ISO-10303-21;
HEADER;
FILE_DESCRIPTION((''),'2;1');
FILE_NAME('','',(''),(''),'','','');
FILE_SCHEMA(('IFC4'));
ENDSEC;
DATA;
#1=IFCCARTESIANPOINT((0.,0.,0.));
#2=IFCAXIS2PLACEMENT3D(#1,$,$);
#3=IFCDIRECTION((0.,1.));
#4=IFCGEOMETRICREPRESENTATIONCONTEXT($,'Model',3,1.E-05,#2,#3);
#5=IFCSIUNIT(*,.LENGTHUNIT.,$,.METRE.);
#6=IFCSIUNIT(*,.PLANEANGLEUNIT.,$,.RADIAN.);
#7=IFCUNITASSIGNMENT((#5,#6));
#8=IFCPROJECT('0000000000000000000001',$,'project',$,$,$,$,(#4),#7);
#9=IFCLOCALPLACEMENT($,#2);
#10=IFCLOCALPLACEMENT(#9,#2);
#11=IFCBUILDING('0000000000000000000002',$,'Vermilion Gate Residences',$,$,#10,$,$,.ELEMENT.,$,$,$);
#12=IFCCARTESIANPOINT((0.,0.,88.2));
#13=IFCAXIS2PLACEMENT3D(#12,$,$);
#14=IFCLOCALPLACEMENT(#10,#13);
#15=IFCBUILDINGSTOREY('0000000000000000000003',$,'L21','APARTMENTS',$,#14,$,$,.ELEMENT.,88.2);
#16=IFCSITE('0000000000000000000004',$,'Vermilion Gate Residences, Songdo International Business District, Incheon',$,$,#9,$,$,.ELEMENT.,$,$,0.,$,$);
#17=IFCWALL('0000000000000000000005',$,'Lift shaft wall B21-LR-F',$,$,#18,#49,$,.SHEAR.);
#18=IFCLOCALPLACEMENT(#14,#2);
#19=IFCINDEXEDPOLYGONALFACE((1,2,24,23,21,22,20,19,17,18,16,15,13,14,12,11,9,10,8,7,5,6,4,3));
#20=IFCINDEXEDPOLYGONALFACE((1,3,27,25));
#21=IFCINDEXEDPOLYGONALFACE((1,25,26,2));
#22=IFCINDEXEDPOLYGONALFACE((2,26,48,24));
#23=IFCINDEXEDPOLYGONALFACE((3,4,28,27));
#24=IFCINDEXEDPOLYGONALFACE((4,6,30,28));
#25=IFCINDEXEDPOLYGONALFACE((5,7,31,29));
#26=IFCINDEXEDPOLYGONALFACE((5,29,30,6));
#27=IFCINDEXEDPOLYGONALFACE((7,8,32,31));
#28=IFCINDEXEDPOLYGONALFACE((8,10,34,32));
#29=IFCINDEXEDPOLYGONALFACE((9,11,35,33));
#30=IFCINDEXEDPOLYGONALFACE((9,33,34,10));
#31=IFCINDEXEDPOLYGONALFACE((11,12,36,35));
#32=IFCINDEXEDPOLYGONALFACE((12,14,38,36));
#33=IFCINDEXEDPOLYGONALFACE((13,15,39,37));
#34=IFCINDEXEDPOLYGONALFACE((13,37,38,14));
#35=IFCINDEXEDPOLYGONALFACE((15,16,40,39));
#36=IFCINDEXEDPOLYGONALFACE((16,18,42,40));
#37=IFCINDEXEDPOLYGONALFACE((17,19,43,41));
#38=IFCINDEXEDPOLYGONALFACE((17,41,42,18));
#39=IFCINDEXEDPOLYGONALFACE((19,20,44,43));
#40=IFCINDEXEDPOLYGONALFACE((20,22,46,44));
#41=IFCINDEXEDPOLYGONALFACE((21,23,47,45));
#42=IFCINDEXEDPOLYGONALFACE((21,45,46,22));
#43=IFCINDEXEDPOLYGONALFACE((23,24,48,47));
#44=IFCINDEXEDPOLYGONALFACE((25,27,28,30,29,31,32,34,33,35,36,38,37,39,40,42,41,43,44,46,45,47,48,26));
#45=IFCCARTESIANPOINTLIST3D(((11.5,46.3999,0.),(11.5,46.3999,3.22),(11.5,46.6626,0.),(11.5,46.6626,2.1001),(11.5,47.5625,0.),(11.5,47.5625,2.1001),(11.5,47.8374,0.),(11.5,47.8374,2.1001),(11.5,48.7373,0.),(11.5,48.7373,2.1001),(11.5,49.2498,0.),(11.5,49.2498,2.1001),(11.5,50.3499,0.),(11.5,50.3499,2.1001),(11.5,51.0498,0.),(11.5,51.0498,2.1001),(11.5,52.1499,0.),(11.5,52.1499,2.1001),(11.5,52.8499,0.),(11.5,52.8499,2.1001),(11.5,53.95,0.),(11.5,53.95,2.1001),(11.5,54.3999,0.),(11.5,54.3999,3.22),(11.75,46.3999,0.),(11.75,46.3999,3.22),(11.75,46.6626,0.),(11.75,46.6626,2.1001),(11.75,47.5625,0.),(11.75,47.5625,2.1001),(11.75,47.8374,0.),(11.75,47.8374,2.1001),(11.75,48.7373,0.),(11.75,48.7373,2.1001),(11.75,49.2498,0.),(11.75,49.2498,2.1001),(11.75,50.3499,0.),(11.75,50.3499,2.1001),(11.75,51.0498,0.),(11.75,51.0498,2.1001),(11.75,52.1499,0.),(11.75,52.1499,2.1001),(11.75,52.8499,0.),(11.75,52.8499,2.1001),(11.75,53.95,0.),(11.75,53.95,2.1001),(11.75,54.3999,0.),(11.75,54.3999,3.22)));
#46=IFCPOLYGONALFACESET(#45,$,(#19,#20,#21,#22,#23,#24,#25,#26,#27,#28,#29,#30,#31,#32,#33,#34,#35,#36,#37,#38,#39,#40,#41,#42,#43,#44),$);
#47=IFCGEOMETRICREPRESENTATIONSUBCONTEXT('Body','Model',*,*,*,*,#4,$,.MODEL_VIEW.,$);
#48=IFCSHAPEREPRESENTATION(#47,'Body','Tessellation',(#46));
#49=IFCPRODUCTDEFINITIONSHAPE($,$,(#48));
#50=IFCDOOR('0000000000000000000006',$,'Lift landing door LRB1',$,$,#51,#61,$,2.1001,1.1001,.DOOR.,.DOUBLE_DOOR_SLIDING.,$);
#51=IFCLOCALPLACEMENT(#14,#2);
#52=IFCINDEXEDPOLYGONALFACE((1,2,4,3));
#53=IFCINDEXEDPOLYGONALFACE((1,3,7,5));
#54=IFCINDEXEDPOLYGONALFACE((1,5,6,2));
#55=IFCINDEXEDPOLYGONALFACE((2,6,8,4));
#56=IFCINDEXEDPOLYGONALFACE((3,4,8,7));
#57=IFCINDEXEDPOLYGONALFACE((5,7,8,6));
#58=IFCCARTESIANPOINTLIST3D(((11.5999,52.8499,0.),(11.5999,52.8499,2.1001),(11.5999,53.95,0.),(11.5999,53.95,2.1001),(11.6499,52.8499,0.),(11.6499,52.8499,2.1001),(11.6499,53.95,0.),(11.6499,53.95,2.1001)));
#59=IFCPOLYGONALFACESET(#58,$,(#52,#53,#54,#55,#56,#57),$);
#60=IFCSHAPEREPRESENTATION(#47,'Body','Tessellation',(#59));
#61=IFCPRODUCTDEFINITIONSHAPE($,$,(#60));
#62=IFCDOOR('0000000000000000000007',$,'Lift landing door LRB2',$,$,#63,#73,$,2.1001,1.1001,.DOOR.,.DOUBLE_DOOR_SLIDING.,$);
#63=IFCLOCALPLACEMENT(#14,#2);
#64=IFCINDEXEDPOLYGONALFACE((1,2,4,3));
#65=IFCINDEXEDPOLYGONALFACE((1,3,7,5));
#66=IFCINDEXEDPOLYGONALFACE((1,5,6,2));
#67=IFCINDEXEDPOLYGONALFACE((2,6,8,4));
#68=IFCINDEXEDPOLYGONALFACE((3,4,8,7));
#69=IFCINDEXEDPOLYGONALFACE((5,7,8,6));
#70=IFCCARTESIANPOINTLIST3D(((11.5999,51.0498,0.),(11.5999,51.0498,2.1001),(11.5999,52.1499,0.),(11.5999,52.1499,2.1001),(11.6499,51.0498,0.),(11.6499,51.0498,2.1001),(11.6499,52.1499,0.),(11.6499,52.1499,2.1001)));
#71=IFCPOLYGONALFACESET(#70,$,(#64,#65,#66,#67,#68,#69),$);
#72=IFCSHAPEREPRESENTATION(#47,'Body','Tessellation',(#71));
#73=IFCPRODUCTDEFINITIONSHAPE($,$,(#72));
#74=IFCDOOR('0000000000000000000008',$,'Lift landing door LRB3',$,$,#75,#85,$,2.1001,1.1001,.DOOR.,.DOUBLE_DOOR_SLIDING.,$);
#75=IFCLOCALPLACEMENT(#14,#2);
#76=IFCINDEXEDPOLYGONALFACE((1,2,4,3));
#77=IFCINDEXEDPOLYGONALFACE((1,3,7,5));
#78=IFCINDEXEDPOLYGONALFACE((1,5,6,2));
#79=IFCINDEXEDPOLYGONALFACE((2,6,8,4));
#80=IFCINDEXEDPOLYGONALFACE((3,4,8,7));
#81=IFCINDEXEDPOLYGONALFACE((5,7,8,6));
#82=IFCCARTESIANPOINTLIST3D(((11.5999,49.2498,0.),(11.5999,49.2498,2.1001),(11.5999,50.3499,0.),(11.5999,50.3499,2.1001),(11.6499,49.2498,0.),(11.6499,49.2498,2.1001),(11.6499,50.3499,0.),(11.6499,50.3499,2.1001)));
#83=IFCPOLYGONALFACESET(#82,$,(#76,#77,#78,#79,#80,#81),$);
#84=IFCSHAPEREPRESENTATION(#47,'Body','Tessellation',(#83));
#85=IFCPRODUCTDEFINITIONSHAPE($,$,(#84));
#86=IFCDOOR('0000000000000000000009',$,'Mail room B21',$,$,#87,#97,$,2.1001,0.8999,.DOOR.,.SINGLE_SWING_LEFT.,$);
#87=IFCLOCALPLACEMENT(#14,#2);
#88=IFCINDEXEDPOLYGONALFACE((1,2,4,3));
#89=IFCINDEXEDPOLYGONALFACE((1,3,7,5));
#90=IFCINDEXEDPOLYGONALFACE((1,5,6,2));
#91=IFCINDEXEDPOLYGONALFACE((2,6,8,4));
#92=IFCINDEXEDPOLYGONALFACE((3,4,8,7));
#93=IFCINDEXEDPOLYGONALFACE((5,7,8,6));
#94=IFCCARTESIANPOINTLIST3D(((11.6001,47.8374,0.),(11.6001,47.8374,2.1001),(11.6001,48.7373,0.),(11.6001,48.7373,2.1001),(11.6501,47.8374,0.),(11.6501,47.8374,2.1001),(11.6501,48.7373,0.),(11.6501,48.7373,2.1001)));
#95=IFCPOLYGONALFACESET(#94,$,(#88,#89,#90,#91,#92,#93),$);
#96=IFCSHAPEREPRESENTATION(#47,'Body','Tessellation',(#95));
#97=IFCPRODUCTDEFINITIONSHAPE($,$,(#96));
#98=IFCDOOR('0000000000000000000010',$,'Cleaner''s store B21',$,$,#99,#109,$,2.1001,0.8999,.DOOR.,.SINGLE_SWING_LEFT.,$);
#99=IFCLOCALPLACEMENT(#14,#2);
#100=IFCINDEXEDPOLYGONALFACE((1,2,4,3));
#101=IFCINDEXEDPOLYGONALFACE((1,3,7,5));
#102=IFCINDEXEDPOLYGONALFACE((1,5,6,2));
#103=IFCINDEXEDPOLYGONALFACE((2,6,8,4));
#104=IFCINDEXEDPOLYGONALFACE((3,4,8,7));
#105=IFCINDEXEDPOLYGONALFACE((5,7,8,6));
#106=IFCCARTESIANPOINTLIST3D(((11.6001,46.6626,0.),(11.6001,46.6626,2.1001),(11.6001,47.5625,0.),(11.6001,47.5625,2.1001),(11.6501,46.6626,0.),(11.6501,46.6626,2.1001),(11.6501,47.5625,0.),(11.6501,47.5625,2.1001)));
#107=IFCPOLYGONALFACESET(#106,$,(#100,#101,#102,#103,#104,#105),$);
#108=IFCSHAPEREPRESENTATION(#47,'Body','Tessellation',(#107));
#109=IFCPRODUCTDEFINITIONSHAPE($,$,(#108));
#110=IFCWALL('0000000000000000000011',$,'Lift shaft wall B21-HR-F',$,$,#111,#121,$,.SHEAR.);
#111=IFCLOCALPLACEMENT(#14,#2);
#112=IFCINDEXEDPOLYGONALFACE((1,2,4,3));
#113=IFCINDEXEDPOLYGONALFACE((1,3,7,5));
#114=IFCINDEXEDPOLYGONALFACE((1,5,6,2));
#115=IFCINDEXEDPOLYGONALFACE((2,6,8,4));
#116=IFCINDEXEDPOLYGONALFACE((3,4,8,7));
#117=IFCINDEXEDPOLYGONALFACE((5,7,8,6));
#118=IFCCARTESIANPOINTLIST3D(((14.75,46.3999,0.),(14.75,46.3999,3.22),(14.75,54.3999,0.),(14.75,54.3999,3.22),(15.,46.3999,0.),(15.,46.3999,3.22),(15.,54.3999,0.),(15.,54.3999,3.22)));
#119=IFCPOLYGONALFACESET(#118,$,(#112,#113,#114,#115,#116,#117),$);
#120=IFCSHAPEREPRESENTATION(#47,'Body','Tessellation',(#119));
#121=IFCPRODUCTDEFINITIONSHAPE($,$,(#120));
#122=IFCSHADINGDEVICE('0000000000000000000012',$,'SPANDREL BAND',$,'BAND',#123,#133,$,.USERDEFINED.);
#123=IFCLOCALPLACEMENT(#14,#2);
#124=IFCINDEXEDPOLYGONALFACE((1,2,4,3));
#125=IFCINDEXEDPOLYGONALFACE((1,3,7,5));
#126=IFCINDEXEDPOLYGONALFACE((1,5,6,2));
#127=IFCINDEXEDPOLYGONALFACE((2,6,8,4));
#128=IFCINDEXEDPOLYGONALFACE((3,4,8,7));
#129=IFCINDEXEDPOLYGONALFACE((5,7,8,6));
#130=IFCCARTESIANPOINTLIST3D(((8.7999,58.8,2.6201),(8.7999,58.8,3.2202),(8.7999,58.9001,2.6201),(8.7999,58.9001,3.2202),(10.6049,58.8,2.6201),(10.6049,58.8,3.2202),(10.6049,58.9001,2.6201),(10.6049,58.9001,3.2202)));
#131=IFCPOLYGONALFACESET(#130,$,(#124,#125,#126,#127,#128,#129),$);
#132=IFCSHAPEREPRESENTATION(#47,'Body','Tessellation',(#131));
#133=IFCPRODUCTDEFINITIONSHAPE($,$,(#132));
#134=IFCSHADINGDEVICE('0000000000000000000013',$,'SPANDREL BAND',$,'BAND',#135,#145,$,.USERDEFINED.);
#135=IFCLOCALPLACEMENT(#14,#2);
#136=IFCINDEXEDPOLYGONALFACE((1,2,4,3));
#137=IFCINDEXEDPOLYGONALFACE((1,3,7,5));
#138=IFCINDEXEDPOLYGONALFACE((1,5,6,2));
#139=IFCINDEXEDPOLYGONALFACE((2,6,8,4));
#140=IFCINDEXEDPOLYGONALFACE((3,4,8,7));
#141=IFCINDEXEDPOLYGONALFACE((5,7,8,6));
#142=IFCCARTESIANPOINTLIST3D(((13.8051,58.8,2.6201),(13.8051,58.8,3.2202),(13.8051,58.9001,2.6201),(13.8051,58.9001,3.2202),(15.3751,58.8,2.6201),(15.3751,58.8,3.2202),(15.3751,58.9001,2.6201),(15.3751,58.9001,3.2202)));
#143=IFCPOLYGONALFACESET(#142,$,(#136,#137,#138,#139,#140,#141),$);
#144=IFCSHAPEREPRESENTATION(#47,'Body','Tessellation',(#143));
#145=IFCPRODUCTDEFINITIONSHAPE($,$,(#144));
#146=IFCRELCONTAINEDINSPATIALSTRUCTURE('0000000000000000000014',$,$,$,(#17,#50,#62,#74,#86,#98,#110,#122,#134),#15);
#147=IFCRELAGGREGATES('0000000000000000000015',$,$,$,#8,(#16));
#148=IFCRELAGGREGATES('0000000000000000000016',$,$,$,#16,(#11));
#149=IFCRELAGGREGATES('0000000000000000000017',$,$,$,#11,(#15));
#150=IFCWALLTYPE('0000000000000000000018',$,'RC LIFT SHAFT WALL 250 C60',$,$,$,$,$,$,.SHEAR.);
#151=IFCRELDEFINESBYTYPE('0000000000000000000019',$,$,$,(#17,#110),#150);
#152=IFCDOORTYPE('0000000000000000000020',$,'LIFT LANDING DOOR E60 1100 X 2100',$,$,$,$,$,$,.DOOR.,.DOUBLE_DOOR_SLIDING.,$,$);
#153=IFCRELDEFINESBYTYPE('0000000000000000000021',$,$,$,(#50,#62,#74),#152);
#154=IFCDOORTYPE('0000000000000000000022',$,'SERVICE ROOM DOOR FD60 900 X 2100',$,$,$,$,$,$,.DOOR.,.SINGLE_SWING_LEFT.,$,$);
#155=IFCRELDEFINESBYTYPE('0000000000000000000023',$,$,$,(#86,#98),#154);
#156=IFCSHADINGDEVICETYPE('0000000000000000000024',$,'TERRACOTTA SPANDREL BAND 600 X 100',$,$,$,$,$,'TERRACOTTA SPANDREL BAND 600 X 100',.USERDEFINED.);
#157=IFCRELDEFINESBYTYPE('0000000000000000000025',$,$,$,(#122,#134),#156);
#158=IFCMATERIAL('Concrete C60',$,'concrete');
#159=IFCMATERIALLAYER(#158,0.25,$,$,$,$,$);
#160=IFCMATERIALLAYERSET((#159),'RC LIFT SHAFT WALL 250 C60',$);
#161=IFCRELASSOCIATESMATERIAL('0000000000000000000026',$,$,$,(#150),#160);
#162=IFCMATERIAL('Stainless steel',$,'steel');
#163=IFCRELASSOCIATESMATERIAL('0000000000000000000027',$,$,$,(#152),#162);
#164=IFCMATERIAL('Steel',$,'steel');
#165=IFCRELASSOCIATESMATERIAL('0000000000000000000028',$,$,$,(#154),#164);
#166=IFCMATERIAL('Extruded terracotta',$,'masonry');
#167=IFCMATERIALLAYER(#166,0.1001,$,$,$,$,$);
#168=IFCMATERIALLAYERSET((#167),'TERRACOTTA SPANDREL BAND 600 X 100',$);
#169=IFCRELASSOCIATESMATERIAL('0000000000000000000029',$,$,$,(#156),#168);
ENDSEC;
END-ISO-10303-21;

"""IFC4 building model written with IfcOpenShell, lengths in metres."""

from ifc_helpers import new_model, si_unit, direction, frame, frame_2d, origin, origin_2d, place, context, subcontext, project, spatial, rectangle, extrude, material, layer, layer_set, type_object, element, fill, save


model = new_model("IFC4")

# Units and contexts
model_context = context("Model", 3, precision=1e-05, world=origin(), true_north=direction((0.0, 1.0)))
body_context = subcontext(model_context, "Body", "Model", "MODEL_VIEW")
ifc_project = project(units=[si_unit("LENGTHUNIT", "METRE"), si_unit("PLANEANGLEUNIT", "RADIAN")], contexts=[model_context])

# Site, building, storey
site_placement = place(None, origin())
site = spatial("IfcSite", under=ifc_project, at=site_placement, Name="Vermilion Gate Residences, Songdo International Business District, Incheon", CompositionType="ELEMENT", RefElevation=0.0)
building_placement = place(site_placement, origin())
building = spatial("IfcBuilding", under=site, at=building_placement, Name="Vermilion Gate Residences", CompositionType="ELEMENT")
storey_placement = place(building_placement, frame((0.0, 0.0, 88.2)))
storey = spatial("IfcBuildingStorey", under=building, at=storey_placement, Name="L21", Description="APARTMENTS", CompositionType="ELEMENT", Elevation=88.2)

# Wall, openings, doors
ifc_material_1 = material(Name="Concrete C60", Category="concrete")
ifc_layer_1 = layer(ifc_material_1, 0.25)
ifc_layer_set_1 = layer_set([ifc_layer_1], Name="RC LIFT SHAFT WALL 250 C60")
wall_type_1 = type_object("IfcWallType", Name="RC LIFT SHAFT WALL 250 C60", PredefinedType="SHEAR", material=ifc_layer_set_1)
wall_1_placement = place(storey_placement, frame((11.625, 54.3999, 0.0), z_axis=(0.0, 0.0, 1.0), x_axis=(0.0, -1.0, 0.0)))
wall_1 = element("IfcWall", 1, at=wall_1_placement, inside=storey, type_object=wall_type_1, Name="Lift shaft wall B21-LR-F", PredefinedType="SHEAR", context=body_context, shape_type="SweptSolid", body=[
    extrude(rectangle(XDim=8.0, YDim=0.25, at=frame_2d((4.0, 0.0))), origin(), (0.0, 0.0, 1.0), 3.22),
])
opening_1_placement = place(wall_1_placement, frame((0.45, 0.0, 0.0)))
opening_1 = element("IfcOpeningElement", 2, at=opening_1_placement, cuts=wall_1, PredefinedType="OPENING", context=body_context, shape_type="SweptSolid", body=[
    extrude(rectangle(XDim=1.1001, YDim=2.1001, at=frame_2d((0.55, 1.05))), frame((0.0, 0.135, 0.0), z_axis=(0.0, -1.0, 0.0), x_axis=(1.0, 0.0, 0.0)), (0.0, 0.0, 1.0), 0.27),
])
opening_2_placement = place(wall_1_placement, frame((2.25, 0.0, 0.0)))
opening_2 = element("IfcOpeningElement", 3, at=opening_2_placement, cuts=wall_1, PredefinedType="OPENING", context=body_context, shape_type="SweptSolid", body=[
    extrude(rectangle(XDim=1.1001, YDim=2.1001, at=frame_2d((0.55, 1.05))), frame((0.0, 0.135, 0.0), z_axis=(0.0, -1.0, 0.0), x_axis=(1.0, 0.0, 0.0)), (0.0, 0.0, 1.0), 0.27),
])
opening_3_placement = place(wall_1_placement, frame((4.05, 0.0, 0.0)))
opening_3 = element("IfcOpeningElement", 4, at=opening_3_placement, cuts=wall_1, PredefinedType="OPENING", context=body_context, shape_type="SweptSolid", body=[
    extrude(rectangle(XDim=1.1001, YDim=2.1001, at=frame_2d((0.55, 1.05))), frame((0.0, 0.135, 0.0), z_axis=(0.0, -1.0, 0.0), x_axis=(1.0, 0.0, 0.0)), (0.0, 0.0, 1.0), 0.27),
])
opening_4_placement = place(wall_1_placement, frame((5.6626, 0.0, 0.0)))
opening_4 = element("IfcOpeningElement", 5, at=opening_4_placement, cuts=wall_1, PredefinedType="OPENING", context=body_context, shape_type="SweptSolid", body=[
    extrude(rectangle(XDim=0.8999, YDim=2.1001, at=frame_2d((0.45, 1.05))), frame((0.0, 0.135, 0.0), z_axis=(0.0, -1.0, 0.0), x_axis=(1.0, 0.0, 0.0)), (0.0, 0.0, 1.0), 0.27),
])
opening_5_placement = place(wall_1_placement, frame((6.8374, 0.0, 0.0)))
opening_5 = element("IfcOpeningElement", 6, at=opening_5_placement, cuts=wall_1, PredefinedType="OPENING", context=body_context, shape_type="SweptSolid", body=[
    extrude(rectangle(XDim=0.8999, YDim=2.1001, at=frame_2d((0.45, 1.05))), frame((0.0, 0.135, 0.0), z_axis=(0.0, -1.0, 0.0), x_axis=(1.0, 0.0, 0.0)), (0.0, 0.0, 1.0), 0.27),
])
ifc_material_2 = material(Name="Stainless steel", Category="steel")
door_type_1 = type_object("IfcDoorType", Name="LIFT LANDING DOOR E60 1100 X 2100", OperationType="DOUBLE_DOOR_SLIDING", PredefinedType="DOOR", material=ifc_material_2)
door_1_placement = place(opening_1_placement, origin())
door_1 = element("IfcDoor", 7, at=door_1_placement, inside=storey, type_object=door_type_1, Name="Lift landing door LRB1", OperationType="DOUBLE_DOOR_SLIDING", OverallHeight=2.1001, OverallWidth=1.1001, PredefinedType="DOOR", context=body_context, shape_type="SweptSolid", body=[
    extrude(rectangle(XDim=1.1001, YDim=2.1001, at=frame_2d((0.55, 1.05))), frame((0.0, 0.0249, 0.0), z_axis=(0.0, -1.0, 0.0), x_axis=(1.0, 0.0, 0.0)), (0.0, 0.0, 1.0), 0.05),
])
fill(opening_1, door_1)
door_2_placement = place(opening_2_placement, origin())
door_2 = element("IfcDoor", 8, at=door_2_placement, inside=storey, type_object=door_type_1, Name="Lift landing door LRB2", OperationType="DOUBLE_DOOR_SLIDING", OverallHeight=2.1001, OverallWidth=1.1001, PredefinedType="DOOR", context=body_context, shape_type="SweptSolid", body=[
    extrude(rectangle(XDim=1.1001, YDim=2.1001, at=frame_2d((0.55, 1.05))), frame((0.0, 0.0249, 0.0), z_axis=(0.0, -1.0, 0.0), x_axis=(1.0, 0.0, 0.0)), (0.0, 0.0, 1.0), 0.05),
])
fill(opening_2, door_2)
door_3_placement = place(opening_3_placement, origin())
door_3 = element("IfcDoor", 9, at=door_3_placement, inside=storey, type_object=door_type_1, Name="Lift landing door LRB3", OperationType="DOUBLE_DOOR_SLIDING", OverallHeight=2.1001, OverallWidth=1.1001, PredefinedType="DOOR", context=body_context, shape_type="SweptSolid", body=[
    extrude(rectangle(XDim=1.1001, YDim=2.1001, at=frame_2d((0.55, 1.05))), frame((0.0, 0.0249, 0.0), z_axis=(0.0, -1.0, 0.0), x_axis=(1.0, 0.0, 0.0)), (0.0, 0.0, 1.0), 0.05),
])
fill(opening_3, door_3)
ifc_material_3 = material(Name="Steel", Category="steel")
door_type_2 = type_object("IfcDoorType", Name="SERVICE ROOM DOOR FD60 900 X 2100", OperationType="SINGLE_SWING_LEFT", PredefinedType="DOOR", material=ifc_material_3)
door_4_placement = place(opening_4_placement, frame((0.8999, 0.0, 0.0), z_axis=(0.0, 0.0, 1.0), x_axis=(-1.0, 0.0, 0.0)))
door_4 = element("IfcDoor", 10, at=door_4_placement, inside=storey, type_object=door_type_2, Name="Mail room B21", OperationType="SINGLE_SWING_LEFT", OverallHeight=2.1001, OverallWidth=0.8999, PredefinedType="DOOR", context=body_context, shape_type="SweptSolid", body=[
    extrude(rectangle(XDim=0.8999, YDim=2.1001, at=frame_2d((0.45, 1.05))), frame((0.0, 0.0249, 0.0), z_axis=(0.0, -1.0, 0.0), x_axis=(1.0, 0.0, 0.0)), (0.0, 0.0, 1.0), 0.05),
])
fill(opening_4, door_4)
door_5_placement = place(opening_5_placement, frame((0.8999, 0.0, 0.0), z_axis=(0.0, 0.0, 1.0), x_axis=(-1.0, 0.0, 0.0)))
door_5 = element("IfcDoor", 11, at=door_5_placement, inside=storey, type_object=door_type_2, Name="Cleaner's store B21", OperationType="SINGLE_SWING_LEFT", OverallHeight=2.1001, OverallWidth=0.8999, PredefinedType="DOOR", context=body_context, shape_type="SweptSolid", body=[
    extrude(rectangle(XDim=0.8999, YDim=2.1001, at=frame_2d((0.45, 1.05))), frame((0.0, 0.0249, 0.0), z_axis=(0.0, -1.0, 0.0), x_axis=(1.0, 0.0, 0.0)), (0.0, 0.0, 1.0), 0.05),
])
fill(opening_5, door_5)

# Wall
wall_2_placement = place(storey_placement, frame((14.875, 54.3999, 0.0), z_axis=(0.0, 0.0, 1.0), x_axis=(0.0, -1.0, 0.0)))
element("IfcWall", 12, at=wall_2_placement, inside=storey, type_object=wall_type_1, Name="Lift shaft wall B21-HR-F", PredefinedType="SHEAR", context=body_context, shape_type="SweptSolid", body=[
    extrude(rectangle(XDim=8.0, YDim=0.25, at=frame_2d((4.0, 0.0))), origin(), (0.0, 0.0, 1.0), 3.22),
])

# Shading devices
ifc_material_4 = material(Name="Extruded terracotta", Category="masonry")
ifc_layer_2 = layer(ifc_material_4, 0.1001)
ifc_layer_set_2 = layer_set([ifc_layer_2], Name="TERRACOTTA SPANDREL BAND 600 X 100")
shading_device_type = type_object("IfcShadingDeviceType", Name="TERRACOTTA SPANDREL BAND 600 X 100", ElementType="TERRACOTTA SPANDREL BAND 600 X 100", PredefinedType="USERDEFINED", material=ifc_layer_set_2)
shading_device_1_placement = place(storey_placement, frame((9.7024, 58.8501, 2.6201), z_axis=(0.0, 0.0, 1.0), x_axis=(1.0, 0.0, 0.0)))
element("IfcShadingDevice", 13, at=shading_device_1_placement, inside=storey, type_object=shading_device_type, Name="SPANDREL BAND", ObjectType="BAND", PredefinedType="USERDEFINED", context=body_context, shape_type="SweptSolid", body=[
    extrude(rectangle(XDim=1.8049, YDim=0.1001, at=origin_2d()), origin(), (0.0, 0.0, 1.0), 0.6001),
])
shading_device_2_placement = place(storey_placement, frame((14.5901, 58.8501, 2.6201), z_axis=(0.0, 0.0, 1.0), x_axis=(1.0, 0.0, 0.0)))
element("IfcShadingDevice", 14, at=shading_device_2_placement, inside=storey, type_object=shading_device_type, Name="SPANDREL BAND", ObjectType="BAND", PredefinedType="USERDEFINED", context=body_context, shape_type="SweptSolid", body=[
    extrude(rectangle(XDim=1.5701, YDim=0.1001, at=origin_2d()), origin(), (0.0, 0.0, 1.0), 0.6001),
])

save(model, "model.ifc")
